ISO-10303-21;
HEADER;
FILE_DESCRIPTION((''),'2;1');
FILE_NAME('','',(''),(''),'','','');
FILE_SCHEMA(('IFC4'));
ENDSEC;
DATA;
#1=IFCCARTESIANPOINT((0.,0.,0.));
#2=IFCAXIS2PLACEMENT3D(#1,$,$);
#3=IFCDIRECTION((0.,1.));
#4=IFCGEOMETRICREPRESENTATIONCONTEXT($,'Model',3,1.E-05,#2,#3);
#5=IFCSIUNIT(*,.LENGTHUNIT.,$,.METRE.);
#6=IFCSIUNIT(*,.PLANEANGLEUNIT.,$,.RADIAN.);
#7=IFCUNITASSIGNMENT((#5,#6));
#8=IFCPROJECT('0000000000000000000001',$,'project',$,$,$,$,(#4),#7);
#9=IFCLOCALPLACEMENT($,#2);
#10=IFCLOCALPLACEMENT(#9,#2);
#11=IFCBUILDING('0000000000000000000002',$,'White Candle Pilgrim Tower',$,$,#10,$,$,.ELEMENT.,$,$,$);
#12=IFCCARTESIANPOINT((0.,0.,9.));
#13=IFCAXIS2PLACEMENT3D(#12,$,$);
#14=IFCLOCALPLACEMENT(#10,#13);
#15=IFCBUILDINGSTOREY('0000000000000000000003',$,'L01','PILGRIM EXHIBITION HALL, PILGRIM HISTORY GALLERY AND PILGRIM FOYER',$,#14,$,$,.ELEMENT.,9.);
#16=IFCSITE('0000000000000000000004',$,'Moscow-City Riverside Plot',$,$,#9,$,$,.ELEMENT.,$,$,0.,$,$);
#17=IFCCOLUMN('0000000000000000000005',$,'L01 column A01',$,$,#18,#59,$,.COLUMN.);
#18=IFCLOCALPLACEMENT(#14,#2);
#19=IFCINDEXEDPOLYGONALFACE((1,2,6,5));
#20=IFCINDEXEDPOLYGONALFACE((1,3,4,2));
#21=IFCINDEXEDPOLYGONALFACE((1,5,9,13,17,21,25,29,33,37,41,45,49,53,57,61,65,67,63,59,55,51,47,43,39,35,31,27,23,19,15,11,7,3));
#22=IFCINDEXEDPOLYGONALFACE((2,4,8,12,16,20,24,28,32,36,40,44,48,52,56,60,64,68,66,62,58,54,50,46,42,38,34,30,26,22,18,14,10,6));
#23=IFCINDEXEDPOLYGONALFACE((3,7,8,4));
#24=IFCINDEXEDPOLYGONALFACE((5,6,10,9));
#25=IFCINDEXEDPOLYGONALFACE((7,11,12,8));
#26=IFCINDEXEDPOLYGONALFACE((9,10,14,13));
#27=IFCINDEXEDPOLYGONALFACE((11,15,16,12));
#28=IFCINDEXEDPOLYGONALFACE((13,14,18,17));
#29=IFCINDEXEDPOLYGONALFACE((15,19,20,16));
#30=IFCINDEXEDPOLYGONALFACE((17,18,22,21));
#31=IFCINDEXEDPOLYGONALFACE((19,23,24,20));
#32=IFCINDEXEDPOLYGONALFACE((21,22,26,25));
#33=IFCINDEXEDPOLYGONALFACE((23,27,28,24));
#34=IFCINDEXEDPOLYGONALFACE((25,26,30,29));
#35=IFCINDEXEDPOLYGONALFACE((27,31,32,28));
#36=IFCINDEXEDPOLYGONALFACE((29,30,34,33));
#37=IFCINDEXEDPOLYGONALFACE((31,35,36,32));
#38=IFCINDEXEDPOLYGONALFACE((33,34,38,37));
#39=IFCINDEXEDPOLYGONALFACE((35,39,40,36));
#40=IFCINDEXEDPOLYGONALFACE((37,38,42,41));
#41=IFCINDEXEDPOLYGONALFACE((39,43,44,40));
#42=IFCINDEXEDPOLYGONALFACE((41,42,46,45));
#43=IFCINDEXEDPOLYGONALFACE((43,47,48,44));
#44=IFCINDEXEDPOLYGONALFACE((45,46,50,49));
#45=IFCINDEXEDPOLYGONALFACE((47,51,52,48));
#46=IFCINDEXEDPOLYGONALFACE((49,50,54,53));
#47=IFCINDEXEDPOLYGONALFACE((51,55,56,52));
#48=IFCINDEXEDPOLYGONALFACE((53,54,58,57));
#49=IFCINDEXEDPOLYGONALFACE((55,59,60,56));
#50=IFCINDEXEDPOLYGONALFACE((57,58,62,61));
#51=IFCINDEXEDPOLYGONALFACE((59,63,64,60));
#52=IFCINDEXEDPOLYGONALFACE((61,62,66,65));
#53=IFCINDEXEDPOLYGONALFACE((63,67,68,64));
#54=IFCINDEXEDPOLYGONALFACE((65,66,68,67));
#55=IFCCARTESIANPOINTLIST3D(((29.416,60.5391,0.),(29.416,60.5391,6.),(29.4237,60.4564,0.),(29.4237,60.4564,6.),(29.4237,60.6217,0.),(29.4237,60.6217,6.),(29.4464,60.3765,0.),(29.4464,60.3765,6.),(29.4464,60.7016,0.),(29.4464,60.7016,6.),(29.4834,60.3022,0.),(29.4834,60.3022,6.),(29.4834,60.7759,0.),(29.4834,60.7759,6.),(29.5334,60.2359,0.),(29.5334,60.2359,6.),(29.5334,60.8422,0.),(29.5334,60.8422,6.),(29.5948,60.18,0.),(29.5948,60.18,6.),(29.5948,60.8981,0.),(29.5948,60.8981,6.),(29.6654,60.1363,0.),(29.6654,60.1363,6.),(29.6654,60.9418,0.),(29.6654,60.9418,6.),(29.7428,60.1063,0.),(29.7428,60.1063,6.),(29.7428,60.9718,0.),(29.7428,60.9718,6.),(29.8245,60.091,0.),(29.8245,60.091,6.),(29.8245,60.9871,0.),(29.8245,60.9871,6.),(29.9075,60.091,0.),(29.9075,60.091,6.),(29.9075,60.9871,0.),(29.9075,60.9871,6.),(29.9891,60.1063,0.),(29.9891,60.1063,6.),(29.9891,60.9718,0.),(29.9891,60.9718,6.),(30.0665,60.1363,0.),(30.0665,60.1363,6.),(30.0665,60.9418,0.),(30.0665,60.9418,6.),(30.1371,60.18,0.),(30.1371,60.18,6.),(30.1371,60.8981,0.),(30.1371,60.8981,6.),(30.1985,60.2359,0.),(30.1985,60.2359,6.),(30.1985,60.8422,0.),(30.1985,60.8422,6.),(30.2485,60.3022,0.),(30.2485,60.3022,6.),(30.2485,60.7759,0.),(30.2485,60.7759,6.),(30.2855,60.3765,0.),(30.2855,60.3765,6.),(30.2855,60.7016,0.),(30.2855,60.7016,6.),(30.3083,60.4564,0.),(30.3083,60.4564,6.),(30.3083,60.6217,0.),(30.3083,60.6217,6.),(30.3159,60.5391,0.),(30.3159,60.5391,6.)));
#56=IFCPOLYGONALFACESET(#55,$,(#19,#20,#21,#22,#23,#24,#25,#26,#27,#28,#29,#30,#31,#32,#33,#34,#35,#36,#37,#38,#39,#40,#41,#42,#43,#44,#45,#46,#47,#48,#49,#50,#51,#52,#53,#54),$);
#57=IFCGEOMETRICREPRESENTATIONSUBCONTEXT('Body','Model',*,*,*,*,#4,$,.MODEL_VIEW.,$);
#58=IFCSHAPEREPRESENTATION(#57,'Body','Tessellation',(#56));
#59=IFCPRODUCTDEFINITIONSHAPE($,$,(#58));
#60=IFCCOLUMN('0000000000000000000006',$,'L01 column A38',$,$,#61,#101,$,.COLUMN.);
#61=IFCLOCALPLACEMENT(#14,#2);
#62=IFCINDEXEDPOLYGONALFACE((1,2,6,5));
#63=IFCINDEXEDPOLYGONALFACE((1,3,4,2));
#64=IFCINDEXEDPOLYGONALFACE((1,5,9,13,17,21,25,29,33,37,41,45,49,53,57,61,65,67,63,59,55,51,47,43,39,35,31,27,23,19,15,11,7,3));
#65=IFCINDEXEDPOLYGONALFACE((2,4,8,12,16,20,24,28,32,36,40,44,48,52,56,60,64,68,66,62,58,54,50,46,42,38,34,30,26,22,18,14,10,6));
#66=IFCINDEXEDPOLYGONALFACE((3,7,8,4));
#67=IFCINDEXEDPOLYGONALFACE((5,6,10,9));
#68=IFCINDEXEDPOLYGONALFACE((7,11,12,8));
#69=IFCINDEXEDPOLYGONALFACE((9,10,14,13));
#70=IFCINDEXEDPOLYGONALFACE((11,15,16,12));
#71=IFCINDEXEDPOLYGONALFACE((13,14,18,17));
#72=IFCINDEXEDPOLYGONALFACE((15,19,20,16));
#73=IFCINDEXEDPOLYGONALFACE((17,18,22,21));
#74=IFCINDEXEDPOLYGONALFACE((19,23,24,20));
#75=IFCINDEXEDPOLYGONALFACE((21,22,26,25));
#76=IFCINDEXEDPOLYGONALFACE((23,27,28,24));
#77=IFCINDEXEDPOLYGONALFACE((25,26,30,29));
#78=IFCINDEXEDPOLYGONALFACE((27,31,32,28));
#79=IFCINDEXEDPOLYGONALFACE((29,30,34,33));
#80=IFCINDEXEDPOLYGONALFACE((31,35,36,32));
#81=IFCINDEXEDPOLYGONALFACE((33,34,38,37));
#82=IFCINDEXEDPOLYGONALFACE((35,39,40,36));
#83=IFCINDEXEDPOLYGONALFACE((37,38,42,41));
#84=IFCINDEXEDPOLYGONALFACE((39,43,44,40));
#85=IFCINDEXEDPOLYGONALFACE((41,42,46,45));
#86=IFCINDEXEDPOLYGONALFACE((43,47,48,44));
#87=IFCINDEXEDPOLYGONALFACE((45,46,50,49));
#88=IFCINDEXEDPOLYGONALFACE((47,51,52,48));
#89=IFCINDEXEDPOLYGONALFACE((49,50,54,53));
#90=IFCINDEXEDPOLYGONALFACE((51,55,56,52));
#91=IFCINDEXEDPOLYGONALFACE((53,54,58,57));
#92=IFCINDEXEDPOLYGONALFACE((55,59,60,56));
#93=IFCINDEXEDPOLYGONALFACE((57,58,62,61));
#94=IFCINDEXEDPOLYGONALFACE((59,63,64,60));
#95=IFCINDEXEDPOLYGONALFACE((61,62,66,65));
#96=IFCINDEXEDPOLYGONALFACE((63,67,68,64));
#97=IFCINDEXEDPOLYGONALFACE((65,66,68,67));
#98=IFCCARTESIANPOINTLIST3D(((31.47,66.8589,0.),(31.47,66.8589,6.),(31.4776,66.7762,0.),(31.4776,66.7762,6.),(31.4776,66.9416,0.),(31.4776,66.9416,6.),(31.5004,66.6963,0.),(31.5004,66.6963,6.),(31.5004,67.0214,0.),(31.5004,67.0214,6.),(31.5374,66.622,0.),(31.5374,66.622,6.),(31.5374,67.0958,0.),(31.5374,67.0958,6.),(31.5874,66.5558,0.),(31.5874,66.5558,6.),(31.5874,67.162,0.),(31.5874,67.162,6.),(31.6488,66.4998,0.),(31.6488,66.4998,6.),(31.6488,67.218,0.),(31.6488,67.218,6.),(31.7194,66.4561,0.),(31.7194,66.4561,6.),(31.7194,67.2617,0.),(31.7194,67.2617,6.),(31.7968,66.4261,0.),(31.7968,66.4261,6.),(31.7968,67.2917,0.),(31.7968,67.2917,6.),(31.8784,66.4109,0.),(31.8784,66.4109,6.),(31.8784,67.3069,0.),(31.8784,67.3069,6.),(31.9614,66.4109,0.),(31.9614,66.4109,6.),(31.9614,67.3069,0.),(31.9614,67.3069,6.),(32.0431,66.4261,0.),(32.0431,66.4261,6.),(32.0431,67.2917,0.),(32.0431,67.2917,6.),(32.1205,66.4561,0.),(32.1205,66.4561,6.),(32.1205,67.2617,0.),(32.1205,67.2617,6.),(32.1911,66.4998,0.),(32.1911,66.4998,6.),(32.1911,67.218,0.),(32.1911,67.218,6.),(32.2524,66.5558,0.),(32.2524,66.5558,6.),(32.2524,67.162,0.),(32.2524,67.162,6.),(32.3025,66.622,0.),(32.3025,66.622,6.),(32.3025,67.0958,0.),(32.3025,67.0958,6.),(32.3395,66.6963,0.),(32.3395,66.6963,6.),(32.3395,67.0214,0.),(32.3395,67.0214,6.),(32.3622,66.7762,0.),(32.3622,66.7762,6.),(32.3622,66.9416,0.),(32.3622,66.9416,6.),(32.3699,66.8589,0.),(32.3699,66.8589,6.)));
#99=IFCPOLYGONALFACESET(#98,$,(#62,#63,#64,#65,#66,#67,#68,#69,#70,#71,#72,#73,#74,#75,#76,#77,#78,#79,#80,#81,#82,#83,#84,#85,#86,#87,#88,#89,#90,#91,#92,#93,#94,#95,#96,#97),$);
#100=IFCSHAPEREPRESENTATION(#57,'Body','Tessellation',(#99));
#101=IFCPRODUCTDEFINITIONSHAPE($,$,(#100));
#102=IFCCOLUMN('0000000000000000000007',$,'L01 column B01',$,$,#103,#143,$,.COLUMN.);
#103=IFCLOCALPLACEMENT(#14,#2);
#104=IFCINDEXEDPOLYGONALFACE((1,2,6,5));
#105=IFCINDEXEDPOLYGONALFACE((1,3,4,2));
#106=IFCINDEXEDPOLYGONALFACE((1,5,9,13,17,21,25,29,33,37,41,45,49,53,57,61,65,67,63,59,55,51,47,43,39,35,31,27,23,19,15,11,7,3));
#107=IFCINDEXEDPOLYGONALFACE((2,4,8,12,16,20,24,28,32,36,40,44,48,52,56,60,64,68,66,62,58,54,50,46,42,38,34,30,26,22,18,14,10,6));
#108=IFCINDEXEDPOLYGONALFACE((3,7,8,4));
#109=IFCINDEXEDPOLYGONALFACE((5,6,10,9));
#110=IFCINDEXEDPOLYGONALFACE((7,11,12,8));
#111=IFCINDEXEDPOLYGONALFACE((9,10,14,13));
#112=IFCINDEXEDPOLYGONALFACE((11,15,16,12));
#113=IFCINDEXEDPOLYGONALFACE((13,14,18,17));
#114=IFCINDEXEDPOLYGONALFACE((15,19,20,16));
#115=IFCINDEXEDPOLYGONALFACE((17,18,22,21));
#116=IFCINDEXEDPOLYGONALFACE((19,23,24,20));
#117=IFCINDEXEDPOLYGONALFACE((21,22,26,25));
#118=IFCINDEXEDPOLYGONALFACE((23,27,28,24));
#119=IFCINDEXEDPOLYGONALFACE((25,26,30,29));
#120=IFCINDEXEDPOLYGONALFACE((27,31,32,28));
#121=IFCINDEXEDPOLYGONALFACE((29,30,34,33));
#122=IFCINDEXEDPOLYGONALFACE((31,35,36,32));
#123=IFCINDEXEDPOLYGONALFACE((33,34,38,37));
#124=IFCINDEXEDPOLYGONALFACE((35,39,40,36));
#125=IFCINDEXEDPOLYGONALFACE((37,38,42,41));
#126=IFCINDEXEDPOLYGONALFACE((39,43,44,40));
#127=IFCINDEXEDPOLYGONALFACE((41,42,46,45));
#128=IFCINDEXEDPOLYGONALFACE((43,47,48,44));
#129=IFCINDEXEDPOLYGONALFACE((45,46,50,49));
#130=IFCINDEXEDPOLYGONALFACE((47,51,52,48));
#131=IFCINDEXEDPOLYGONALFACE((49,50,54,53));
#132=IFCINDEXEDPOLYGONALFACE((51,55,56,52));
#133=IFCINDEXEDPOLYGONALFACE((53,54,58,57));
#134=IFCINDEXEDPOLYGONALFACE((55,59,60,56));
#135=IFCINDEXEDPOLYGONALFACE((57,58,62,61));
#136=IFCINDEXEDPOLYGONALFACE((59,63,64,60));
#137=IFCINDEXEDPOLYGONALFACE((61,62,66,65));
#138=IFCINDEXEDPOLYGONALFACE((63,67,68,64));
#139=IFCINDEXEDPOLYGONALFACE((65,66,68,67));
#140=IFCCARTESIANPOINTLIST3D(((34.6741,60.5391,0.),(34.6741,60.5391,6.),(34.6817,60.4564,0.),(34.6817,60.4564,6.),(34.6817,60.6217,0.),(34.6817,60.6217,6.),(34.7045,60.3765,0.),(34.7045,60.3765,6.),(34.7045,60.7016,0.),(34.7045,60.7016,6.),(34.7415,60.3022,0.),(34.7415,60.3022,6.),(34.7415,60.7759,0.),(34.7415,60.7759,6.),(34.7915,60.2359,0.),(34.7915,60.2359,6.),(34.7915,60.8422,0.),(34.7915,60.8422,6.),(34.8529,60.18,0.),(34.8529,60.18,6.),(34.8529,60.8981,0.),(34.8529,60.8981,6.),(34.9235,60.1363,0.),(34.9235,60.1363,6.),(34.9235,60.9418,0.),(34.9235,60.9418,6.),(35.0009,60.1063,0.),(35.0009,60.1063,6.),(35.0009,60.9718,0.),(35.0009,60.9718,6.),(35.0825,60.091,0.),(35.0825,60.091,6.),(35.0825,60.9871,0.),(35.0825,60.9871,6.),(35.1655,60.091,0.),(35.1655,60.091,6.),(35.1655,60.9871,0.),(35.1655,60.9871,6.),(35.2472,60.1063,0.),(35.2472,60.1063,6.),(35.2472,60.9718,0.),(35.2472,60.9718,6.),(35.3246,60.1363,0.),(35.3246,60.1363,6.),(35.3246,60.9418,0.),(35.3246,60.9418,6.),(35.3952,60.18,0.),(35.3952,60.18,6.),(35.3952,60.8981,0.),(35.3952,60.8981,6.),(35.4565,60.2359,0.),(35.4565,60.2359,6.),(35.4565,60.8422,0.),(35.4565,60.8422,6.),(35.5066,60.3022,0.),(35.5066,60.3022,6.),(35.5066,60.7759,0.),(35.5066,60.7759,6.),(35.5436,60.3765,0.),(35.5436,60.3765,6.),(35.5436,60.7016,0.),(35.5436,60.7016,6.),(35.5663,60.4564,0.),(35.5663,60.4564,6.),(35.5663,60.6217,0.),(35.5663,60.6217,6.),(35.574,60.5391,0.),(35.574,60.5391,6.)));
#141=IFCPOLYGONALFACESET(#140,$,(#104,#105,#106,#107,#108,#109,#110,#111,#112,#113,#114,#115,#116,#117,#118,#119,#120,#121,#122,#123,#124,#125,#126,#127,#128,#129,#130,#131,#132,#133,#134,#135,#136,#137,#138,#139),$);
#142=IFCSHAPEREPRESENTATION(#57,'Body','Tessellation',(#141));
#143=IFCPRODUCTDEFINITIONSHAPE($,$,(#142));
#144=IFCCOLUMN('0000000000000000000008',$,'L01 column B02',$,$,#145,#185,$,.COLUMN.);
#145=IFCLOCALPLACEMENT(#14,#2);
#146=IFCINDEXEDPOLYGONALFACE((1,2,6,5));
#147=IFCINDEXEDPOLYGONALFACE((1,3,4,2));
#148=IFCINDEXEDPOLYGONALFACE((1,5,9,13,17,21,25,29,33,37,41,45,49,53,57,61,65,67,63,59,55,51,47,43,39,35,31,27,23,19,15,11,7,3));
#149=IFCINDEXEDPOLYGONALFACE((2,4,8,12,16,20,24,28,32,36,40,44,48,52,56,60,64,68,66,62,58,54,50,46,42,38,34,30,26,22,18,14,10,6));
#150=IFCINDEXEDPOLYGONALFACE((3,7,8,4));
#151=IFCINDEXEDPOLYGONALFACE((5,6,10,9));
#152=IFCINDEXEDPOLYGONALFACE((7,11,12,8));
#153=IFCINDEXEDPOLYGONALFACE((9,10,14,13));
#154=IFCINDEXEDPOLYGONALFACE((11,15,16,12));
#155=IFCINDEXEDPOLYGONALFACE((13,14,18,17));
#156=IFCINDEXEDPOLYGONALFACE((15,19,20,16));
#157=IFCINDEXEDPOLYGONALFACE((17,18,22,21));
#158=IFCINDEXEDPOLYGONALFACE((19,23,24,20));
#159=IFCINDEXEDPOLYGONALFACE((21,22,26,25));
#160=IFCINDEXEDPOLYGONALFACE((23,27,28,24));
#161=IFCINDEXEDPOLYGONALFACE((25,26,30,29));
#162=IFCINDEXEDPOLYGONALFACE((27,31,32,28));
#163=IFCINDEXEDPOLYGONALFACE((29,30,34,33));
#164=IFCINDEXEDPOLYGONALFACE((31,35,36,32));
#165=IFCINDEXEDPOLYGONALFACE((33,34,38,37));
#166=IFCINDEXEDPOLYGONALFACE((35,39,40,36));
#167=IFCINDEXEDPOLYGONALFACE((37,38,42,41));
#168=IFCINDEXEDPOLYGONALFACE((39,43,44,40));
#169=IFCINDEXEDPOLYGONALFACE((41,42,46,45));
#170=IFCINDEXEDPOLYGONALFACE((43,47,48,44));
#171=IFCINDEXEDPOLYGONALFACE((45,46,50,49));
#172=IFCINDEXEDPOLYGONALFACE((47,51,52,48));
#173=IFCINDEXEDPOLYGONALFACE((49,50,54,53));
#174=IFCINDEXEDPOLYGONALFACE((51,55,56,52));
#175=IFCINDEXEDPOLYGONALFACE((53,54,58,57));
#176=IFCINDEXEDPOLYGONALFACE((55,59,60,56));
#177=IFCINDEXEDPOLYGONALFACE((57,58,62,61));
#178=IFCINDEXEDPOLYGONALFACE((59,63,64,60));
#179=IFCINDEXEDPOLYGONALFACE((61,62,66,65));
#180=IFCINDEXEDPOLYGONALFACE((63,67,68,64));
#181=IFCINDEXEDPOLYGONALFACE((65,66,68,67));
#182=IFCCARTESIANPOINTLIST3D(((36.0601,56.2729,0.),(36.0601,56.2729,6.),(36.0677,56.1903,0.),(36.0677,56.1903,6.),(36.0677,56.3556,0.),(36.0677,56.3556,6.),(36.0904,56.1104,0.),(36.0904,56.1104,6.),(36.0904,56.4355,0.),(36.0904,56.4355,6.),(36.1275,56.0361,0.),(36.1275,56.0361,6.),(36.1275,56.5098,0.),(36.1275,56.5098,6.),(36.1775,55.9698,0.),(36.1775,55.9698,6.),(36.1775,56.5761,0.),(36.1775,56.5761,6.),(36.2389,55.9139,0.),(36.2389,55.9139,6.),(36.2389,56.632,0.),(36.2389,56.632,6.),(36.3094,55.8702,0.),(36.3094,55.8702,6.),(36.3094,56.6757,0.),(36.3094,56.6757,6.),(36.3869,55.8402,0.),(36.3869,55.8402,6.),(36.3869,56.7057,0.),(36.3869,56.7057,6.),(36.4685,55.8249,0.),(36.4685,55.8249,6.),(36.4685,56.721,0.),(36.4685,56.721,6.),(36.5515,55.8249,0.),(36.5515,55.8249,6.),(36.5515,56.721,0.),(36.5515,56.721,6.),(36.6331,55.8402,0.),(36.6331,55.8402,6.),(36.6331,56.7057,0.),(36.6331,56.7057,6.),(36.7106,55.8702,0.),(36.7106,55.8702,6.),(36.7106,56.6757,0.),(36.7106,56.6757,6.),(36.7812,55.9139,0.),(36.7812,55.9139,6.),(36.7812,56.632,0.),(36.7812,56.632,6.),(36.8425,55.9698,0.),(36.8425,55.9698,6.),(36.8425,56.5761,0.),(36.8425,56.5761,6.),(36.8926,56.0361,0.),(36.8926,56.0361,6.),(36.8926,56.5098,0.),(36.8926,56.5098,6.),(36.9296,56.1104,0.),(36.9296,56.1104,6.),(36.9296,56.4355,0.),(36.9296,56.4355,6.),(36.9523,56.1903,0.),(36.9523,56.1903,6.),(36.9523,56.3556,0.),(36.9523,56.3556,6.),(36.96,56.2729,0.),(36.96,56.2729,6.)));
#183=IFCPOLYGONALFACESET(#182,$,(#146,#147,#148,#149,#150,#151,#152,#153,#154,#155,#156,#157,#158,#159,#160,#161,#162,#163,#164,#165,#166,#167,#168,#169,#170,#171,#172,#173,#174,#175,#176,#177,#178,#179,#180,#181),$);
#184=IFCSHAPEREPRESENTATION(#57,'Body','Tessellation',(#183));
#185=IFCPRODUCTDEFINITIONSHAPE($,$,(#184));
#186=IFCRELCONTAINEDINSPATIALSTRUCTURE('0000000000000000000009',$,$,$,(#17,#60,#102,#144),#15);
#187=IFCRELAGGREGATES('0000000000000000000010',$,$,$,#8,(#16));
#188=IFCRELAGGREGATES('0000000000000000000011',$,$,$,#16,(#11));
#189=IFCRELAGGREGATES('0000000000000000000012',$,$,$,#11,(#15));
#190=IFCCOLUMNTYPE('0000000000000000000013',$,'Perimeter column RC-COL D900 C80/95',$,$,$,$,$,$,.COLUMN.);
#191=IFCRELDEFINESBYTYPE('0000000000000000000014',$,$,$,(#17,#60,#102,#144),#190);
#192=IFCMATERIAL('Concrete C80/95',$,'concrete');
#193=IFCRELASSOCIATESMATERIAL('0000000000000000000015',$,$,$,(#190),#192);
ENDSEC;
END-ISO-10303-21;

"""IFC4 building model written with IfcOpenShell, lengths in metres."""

from ifc_helpers import new_model, si_unit, direction, frame, origin, origin_2d, place, context, subcontext, project, spatial, circle, extrude, material, material_profile, profile_set, type_object, element, save


model = new_model("IFC4")

# Units and contexts
model_context = context("Model", 3, precision=1e-05, world=origin(), true_north=direction((0.0, 1.0)))
body_context = subcontext(model_context, "Body", "Model", "MODEL_VIEW")
ifc_project = project(units=[si_unit("LENGTHUNIT", "METRE"), si_unit("PLANEANGLEUNIT", "RADIAN")], contexts=[model_context])

# Site, building, storey
site_placement = place(None, origin())
site = spatial("IfcSite", under=ifc_project, at=site_placement, Name="Moscow-City Riverside Plot", CompositionType="ELEMENT", RefElevation=0.0)
building_placement = place(site_placement, origin())
building = spatial("IfcBuilding", under=site, at=building_placement, Name="White Candle Pilgrim Tower", CompositionType="ELEMENT")
storey_placement = place(building_placement, frame((0.0, 0.0, 9.0)))
storey = spatial("IfcBuildingStorey", under=building, at=storey_placement, Name="L01", Description="PILGRIM EXHIBITION HALL, PILGRIM HISTORY GALLERY AND PILGRIM FOYER", CompositionType="ELEMENT", Elevation=9.0)

# Columns
ifc_material_1 = material(Name="Concrete C80/95", Category="concrete")
ifc_material_profile_1 = material_profile(ifc_material_1, circle(Radius=0.45, at=origin_2d()), Name="RC-COL D900")
ifc_profile_set_1 = profile_set([ifc_material_profile_1], Name="Concrete C80/95")
column_type = type_object("IfcColumnType", Name="Perimeter column RC-COL D900 C80/95", PredefinedType="COLUMN", material=ifc_profile_set_1)
for number, where, z_axis, x_axis, name in (
    (1, (29.866, 60.5391, 0.0), (0.0, 0.0, 1.0), (1.0, 0.0, 0.0), "L01 column A01"),
    (2, (31.9199, 66.8589, 0.0), (0.0, 0.0, 1.0), (1.0, 0.0, 0.0), "L01 column A38"),
    (3, (35.124, 60.5391, 0.0), (0.0, 0.0, 1.0), (1.0, 0.0, 0.0), "L01 column B01"),
    (4, (36.51, 56.2729, 0.0), (0.0, 0.0, 1.0), (1.0, 0.0, 0.0), "L01 column B02"),
):
    element("IfcColumn", number, at=place(storey_placement, frame(where, z_axis=z_axis, x_axis=x_axis)), inside=storey, type_object=column_type, Name=name, PredefinedType="COLUMN", context=body_context, shape_type="SweptSolid", body=[
        extrude(circle(Radius=0.45, at=origin_2d()), origin(), (0.0, 0.0, 1.0), 6.0),
    ])

save(model, "model.ifc")
